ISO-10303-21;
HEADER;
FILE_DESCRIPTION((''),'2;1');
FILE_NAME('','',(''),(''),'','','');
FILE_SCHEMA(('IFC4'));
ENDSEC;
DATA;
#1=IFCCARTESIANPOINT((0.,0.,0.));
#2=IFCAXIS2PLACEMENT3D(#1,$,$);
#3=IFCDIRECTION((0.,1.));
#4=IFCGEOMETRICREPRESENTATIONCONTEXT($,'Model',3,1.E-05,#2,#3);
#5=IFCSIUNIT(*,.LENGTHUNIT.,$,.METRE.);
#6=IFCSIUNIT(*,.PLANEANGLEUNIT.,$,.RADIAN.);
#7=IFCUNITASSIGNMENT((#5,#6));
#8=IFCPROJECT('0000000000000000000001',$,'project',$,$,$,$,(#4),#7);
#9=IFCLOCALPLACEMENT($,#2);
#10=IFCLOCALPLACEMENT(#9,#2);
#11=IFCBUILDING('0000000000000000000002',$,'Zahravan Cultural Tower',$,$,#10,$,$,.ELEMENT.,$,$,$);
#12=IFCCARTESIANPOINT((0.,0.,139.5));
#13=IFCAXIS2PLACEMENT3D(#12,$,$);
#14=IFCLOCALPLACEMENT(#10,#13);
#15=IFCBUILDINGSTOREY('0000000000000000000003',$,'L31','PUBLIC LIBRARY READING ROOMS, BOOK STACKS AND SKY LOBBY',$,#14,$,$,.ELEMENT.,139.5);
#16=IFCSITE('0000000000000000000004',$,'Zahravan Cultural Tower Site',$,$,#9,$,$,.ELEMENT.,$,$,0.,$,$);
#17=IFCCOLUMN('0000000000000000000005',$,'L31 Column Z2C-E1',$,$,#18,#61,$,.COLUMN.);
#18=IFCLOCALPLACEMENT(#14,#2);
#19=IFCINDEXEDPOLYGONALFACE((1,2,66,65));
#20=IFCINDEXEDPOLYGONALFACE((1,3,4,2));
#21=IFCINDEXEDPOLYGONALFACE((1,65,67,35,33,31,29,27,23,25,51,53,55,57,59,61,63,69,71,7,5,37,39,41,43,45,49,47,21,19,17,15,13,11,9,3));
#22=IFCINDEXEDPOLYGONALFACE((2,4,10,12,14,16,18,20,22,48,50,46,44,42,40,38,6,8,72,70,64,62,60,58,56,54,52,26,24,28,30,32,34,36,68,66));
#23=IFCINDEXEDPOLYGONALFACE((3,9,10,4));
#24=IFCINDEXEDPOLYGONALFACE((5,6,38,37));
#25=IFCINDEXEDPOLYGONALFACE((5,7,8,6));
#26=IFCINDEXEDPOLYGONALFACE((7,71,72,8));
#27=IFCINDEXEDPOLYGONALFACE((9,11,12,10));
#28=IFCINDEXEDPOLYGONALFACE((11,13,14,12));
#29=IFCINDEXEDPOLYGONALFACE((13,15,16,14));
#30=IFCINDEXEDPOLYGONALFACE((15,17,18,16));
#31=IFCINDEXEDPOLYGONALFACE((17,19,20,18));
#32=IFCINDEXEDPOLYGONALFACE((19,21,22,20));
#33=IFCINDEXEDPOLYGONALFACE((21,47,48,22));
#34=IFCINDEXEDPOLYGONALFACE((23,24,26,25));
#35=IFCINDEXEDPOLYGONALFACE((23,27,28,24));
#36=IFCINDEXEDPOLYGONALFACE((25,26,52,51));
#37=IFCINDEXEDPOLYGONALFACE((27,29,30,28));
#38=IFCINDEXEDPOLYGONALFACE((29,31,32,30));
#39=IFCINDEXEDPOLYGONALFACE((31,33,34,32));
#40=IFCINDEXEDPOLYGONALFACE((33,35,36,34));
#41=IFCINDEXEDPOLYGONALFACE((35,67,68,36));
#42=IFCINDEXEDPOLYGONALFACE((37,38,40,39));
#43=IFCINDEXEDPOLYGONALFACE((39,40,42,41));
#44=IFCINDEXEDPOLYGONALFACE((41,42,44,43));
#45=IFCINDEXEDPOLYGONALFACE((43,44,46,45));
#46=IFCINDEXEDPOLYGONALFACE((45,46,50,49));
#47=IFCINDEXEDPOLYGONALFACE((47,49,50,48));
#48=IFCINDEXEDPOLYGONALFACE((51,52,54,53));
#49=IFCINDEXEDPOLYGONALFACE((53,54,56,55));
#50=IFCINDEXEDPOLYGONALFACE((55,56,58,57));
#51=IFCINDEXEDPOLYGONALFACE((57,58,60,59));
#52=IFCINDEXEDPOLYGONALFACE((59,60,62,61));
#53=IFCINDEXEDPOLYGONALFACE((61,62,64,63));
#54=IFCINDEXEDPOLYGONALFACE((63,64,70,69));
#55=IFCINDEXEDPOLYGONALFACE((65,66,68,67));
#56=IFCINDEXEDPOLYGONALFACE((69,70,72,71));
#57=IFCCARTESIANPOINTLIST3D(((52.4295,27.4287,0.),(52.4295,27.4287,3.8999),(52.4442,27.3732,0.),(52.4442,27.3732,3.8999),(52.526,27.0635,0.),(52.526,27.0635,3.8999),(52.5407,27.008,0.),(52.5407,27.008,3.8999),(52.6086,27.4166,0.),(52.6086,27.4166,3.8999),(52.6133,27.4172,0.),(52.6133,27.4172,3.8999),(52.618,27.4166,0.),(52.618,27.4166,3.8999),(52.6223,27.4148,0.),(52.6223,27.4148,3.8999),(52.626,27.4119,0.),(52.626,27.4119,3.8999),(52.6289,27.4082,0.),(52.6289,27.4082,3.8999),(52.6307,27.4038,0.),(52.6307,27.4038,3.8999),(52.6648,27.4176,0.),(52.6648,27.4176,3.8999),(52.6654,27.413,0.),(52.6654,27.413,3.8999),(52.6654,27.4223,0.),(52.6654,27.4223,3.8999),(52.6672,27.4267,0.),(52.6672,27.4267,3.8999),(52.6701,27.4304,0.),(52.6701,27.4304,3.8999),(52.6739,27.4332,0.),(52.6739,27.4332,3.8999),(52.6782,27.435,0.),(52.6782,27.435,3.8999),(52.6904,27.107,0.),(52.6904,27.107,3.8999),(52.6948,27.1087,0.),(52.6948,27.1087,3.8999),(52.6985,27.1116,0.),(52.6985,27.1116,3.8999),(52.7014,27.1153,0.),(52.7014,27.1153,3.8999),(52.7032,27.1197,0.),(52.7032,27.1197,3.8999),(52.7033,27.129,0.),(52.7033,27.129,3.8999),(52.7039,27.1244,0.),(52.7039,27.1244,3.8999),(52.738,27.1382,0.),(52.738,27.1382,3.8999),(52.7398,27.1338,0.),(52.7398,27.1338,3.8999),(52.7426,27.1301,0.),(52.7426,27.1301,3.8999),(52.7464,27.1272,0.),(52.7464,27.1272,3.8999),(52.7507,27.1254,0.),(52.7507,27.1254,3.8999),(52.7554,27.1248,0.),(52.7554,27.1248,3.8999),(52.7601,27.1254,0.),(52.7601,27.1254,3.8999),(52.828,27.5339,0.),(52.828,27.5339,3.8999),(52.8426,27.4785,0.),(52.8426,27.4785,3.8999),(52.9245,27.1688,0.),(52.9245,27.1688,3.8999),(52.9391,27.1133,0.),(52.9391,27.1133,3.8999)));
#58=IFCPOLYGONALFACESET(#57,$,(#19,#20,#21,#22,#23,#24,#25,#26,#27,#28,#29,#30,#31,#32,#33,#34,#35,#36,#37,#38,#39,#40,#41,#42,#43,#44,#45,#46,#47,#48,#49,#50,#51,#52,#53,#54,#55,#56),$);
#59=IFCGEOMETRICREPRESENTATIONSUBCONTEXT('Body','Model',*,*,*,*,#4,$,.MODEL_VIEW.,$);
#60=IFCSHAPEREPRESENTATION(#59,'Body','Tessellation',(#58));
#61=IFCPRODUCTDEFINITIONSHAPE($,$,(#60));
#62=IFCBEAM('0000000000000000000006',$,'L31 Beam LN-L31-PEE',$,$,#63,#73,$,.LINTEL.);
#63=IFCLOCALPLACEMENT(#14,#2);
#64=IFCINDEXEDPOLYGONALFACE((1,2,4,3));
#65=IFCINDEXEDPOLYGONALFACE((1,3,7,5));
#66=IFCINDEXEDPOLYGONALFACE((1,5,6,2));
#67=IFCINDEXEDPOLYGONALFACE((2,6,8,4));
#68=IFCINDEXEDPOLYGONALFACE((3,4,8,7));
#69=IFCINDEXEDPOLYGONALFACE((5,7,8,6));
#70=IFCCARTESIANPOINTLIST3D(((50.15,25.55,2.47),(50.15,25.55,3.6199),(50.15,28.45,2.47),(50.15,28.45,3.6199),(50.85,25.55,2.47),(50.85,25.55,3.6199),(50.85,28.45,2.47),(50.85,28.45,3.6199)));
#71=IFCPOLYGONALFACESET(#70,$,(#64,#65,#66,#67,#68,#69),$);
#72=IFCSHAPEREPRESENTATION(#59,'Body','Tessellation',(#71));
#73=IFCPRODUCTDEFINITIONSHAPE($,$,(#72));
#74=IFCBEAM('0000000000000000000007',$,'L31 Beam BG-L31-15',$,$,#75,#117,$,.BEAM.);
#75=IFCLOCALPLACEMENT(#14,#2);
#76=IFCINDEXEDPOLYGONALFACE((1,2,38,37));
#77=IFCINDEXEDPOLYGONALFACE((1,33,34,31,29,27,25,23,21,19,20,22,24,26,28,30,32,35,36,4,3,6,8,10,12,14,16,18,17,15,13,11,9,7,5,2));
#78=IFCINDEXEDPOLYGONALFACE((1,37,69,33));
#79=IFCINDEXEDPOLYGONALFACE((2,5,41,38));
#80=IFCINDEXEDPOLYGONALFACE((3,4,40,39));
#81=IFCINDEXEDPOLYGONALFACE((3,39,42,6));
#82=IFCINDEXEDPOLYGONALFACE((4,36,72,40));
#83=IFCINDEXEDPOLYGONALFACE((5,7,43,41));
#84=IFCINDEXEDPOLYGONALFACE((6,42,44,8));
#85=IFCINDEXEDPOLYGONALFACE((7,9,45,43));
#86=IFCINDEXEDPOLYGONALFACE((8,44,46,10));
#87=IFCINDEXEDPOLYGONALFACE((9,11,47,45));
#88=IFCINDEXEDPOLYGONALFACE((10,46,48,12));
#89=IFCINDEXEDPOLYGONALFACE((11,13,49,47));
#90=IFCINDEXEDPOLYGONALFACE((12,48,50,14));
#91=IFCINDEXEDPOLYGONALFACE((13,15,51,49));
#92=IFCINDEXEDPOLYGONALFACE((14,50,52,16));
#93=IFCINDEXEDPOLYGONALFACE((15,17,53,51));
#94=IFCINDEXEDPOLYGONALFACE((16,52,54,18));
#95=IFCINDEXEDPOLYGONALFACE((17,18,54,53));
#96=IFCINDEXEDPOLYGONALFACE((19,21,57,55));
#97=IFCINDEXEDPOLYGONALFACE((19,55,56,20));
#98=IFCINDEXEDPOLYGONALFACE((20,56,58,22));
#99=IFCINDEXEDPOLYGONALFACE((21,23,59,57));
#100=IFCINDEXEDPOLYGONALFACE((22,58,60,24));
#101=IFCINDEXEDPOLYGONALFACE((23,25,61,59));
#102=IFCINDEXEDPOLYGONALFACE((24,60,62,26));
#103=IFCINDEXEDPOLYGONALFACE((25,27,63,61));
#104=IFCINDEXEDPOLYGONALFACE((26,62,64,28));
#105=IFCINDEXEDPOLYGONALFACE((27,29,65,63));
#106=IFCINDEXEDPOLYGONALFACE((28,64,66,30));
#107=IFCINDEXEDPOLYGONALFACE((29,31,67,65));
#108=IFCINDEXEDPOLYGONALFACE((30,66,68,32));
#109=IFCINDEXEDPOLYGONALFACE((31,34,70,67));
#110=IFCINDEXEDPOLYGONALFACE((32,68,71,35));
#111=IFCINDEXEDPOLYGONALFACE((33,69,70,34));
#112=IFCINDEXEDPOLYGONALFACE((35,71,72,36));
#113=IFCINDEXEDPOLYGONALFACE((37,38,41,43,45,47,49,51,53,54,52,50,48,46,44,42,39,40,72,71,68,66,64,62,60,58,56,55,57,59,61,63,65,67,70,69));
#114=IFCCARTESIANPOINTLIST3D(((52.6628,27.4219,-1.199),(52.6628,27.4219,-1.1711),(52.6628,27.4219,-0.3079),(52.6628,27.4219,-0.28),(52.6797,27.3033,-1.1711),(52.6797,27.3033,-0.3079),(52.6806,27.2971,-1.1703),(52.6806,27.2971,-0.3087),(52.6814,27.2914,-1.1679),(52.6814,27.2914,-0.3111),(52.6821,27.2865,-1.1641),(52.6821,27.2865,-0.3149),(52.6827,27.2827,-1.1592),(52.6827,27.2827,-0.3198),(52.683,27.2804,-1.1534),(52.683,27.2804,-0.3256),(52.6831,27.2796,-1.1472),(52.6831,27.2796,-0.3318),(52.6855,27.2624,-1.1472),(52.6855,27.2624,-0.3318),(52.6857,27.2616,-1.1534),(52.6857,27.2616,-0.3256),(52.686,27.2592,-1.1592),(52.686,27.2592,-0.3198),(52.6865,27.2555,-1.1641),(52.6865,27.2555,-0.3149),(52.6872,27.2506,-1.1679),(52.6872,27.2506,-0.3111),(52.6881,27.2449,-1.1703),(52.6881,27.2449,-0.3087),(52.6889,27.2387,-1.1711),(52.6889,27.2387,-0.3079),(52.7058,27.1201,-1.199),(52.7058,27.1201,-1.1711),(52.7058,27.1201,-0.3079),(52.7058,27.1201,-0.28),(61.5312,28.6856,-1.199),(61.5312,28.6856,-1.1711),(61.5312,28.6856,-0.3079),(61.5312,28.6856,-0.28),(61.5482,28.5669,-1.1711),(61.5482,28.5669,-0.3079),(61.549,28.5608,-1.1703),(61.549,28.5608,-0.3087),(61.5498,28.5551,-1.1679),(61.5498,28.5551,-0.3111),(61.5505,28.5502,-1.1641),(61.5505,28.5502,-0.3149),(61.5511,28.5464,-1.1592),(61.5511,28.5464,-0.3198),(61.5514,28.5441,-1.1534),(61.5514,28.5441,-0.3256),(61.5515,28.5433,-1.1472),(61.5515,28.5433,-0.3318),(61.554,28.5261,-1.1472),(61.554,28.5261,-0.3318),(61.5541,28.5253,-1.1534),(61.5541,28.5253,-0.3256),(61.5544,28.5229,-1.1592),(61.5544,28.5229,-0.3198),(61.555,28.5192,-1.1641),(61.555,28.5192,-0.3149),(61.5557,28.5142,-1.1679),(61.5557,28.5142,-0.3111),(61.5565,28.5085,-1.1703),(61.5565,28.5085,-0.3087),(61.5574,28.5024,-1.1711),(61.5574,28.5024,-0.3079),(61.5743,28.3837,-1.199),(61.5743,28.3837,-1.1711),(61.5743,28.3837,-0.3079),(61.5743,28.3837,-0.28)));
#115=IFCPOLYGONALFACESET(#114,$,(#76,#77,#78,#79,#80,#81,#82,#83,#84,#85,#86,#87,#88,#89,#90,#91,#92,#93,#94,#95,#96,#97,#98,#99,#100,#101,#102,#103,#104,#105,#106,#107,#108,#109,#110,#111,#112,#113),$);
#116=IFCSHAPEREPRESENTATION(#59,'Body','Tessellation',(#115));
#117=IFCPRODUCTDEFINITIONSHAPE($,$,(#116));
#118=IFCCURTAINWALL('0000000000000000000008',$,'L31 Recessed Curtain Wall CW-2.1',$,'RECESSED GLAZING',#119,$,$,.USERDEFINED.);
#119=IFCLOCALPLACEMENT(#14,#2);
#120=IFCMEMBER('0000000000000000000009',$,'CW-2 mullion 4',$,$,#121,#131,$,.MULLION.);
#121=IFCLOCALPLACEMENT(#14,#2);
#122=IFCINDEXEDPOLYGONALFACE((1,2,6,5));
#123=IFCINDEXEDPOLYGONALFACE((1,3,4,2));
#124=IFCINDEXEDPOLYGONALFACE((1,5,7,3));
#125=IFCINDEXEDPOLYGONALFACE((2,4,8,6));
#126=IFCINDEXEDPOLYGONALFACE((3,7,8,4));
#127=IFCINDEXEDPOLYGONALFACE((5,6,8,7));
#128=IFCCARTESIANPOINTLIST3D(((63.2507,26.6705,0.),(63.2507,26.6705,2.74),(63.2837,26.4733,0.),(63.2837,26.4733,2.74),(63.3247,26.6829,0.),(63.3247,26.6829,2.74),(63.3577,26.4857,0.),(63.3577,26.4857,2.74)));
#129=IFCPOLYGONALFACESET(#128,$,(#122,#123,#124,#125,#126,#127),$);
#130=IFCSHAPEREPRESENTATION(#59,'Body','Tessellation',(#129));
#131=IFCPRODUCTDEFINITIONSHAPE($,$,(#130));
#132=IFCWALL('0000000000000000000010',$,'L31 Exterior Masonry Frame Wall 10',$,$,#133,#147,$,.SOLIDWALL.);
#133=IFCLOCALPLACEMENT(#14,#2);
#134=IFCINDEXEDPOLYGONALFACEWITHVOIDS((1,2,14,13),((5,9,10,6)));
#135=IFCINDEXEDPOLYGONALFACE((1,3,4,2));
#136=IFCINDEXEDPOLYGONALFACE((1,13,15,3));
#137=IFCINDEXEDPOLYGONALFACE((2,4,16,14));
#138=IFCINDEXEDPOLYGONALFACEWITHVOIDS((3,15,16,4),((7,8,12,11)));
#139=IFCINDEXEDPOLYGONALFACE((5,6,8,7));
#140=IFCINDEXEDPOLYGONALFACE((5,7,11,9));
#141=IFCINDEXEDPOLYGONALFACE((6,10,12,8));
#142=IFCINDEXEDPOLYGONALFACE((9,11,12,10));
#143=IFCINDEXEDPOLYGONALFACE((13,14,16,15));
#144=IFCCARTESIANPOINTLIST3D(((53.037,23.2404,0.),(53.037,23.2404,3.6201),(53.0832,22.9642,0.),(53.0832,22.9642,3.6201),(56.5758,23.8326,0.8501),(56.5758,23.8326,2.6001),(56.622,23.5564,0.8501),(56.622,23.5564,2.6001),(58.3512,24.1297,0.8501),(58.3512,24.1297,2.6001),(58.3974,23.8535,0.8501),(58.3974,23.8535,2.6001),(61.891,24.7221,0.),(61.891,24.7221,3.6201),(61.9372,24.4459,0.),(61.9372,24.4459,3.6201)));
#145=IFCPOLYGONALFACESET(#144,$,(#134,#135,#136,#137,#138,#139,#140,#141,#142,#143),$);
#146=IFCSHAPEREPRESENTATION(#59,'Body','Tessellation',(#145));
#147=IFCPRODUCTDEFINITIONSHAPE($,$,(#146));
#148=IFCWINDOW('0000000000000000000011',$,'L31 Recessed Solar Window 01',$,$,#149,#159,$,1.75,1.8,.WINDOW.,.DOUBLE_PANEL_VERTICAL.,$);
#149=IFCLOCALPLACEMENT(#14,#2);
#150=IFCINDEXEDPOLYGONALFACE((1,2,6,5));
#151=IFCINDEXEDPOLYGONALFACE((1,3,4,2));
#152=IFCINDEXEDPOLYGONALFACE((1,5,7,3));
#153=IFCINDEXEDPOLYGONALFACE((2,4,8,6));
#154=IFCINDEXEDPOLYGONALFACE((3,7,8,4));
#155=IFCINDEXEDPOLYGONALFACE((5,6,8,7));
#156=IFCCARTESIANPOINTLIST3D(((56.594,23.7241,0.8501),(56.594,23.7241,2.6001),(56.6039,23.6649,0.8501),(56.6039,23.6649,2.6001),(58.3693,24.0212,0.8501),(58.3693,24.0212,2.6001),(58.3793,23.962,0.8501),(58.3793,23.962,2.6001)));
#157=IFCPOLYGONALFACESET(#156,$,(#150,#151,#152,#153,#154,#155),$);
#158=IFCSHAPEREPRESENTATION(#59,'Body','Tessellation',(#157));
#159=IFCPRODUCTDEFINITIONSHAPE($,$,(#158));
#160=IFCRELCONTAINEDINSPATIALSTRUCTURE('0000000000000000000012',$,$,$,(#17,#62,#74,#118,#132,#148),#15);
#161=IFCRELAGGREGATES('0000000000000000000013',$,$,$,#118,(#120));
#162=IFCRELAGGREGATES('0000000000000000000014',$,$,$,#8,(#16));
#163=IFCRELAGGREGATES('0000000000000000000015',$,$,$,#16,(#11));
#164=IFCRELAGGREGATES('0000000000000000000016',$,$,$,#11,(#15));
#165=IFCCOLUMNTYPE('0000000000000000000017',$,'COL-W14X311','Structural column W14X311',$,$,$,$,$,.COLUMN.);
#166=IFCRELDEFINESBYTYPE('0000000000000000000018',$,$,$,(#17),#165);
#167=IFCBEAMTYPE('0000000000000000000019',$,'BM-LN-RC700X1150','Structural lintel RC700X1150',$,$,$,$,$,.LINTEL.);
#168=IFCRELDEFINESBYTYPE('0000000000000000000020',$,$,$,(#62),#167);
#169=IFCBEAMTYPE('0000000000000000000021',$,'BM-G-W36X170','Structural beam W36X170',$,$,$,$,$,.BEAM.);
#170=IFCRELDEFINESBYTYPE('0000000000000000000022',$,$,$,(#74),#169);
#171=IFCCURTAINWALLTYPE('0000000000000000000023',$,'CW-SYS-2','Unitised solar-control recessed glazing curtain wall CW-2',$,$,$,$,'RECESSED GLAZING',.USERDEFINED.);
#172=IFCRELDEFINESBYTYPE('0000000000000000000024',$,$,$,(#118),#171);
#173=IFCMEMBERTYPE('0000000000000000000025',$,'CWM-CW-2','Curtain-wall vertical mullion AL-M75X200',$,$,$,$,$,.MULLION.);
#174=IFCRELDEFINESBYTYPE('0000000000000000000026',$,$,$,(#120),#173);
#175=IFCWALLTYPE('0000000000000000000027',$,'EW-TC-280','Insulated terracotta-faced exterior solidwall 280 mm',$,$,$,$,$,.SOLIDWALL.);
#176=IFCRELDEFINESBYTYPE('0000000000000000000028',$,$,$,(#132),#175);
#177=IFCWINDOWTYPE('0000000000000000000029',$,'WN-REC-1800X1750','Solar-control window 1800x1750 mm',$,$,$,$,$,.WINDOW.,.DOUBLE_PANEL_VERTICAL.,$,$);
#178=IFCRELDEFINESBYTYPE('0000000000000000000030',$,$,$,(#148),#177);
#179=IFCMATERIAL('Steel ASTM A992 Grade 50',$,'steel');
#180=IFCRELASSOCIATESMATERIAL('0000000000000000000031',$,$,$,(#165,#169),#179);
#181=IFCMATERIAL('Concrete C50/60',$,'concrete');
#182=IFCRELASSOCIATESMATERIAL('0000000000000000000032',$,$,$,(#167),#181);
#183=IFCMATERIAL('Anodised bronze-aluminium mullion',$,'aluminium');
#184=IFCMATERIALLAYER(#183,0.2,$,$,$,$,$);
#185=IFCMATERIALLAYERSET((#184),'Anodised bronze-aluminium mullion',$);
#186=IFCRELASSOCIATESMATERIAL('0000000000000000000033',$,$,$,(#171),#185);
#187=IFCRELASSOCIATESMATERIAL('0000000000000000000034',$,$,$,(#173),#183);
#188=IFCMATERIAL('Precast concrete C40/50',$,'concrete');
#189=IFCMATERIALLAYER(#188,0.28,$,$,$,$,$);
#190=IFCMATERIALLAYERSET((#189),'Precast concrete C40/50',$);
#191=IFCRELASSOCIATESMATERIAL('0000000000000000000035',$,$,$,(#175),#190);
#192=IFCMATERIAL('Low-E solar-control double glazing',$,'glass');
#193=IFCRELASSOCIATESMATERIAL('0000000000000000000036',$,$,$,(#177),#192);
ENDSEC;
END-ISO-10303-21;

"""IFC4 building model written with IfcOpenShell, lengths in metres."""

from ifc_helpers import new_model, si_unit, direction, frame, frame_2d, origin, origin_2d, place, context, subcontext, project, spatial, rectangle, i_section, extrude, source, transform, mapped, material, layer, layer_set, material_profile, profile_set, type_object, element, fill, aggregate, save


model = new_model("IFC4")

# Units and contexts
model_context = context("Model", 3, precision=1e-05, world=origin(), true_north=direction((0.0, 1.0)))
body_context = subcontext(model_context, "Body", "Model", "MODEL_VIEW")
ifc_project = project(units=[si_unit("LENGTHUNIT", "METRE"), si_unit("PLANEANGLEUNIT", "RADIAN")], contexts=[model_context])

# Site, building, storey
site_placement = place(None, origin())
site = spatial("IfcSite", under=ifc_project, at=site_placement, Name="Zahravan Cultural Tower Site", CompositionType="ELEMENT", RefElevation=0.0)
building_placement = place(site_placement, origin())
building = spatial("IfcBuilding", under=site, at=building_placement, Name="Zahravan Cultural Tower", CompositionType="ELEMENT")
storey_placement = place(building_placement, frame((0.0, 0.0, 139.5)))
storey = spatial("IfcBuildingStorey", under=building, at=storey_placement, Name="L31", Description="PUBLIC LIBRARY READING ROOMS, BOOK STACKS AND SKY LOBBY", CompositionType="ELEMENT", Elevation=139.5)

# Column
ifc_material_1 = material(Name="Steel ASTM A992 Grade 50", Category="steel")
ifc_material_profile_1 = material_profile(ifc_material_1, i_section(OverallWidth=0.4121, OverallDepth=0.4351, WebThickness=0.0359, FlangeThickness=0.0574, FilletRadius=0.0181, at=origin_2d()), Name="W14X311")
ifc_profile_set_1 = profile_set([ifc_material_profile_1], Name="Steel ASTM A992 Grade 50")
column_type = type_object("IfcColumnType", Name="COL-W14X311", Description="Structural column W14X311", PredefinedType="COLUMN", material=ifc_profile_set_1)
shared_shape_1 = source(origin(), body_context, "Body", "SweptSolid", [
    extrude(i_section(OverallWidth=0.4121, OverallDepth=0.4351, WebThickness=0.0359, FlangeThickness=0.0574, FilletRadius=0.0181, at=origin_2d()), origin(), (0.0, 0.0, 1.0), 3.8999),
])
column_placement = place(storey_placement, frame((52.6843, 27.271, 0.0), z_axis=(0.0, 0.0, 1.0), x_axis=(0.966823, 0.255446, 0.0)))
element("IfcColumn", 1, at=column_placement, inside=storey, type_object=column_type, Name="L31 Column Z2C-E1", PredefinedType="COLUMN", context=body_context, shape_type="MappedRepresentation", body=[
    mapped(shared_shape_1, transform((0.0, 0.0, 0.0), x_axis=(1.0, 0.0, 0.0), y_axis=(0.0, 1.0, 0.0), z_axis=(0.0, 0.0, 1.0), scale=1.0)),
])

# Beams
ifc_material_2 = material(Name="Concrete C50/60", Category="concrete")
ifc_material_profile_2 = material_profile(ifc_material_2, rectangle(XDim=0.7, YDim=1.1499, at=origin_2d()), Name="RC700X1150")
ifc_profile_set_2 = profile_set([ifc_material_profile_2], Name="Concrete C50/60")
beam_type_1 = type_object("IfcBeamType", Name="BM-LN-RC700X1150", Description="Structural lintel RC700X1150", PredefinedType="LINTEL", material=ifc_profile_set_2)
shared_shape_2 = source(origin(), body_context, "Body", "SweptSolid", [
    extrude(rectangle(XDim=0.7, YDim=1.1499, at=origin_2d()), origin(), (0.0, 0.0, 1.0), 2.8999),
])
beam_1_placement = place(storey_placement, frame((50.5, 25.55, 3.0449), z_axis=(0.0, 1.0, 0.0), x_axis=(-1.0, 0.0, 0.0)))
element("IfcBeam", 2, at=beam_1_placement, inside=storey, type_object=beam_type_1, Name="L31 Beam LN-L31-PEE", PredefinedType="LINTEL", context=body_context, shape_type="MappedRepresentation", body=[
    mapped(shared_shape_2, transform((0.0, 0.0, 0.0), x_axis=(1.0, 0.0, 0.0), y_axis=(0.0, 1.0, 0.0), z_axis=(0.0, 0.0, 1.0), scale=1.0)),
])
ifc_material_profile_3 = material_profile(ifc_material_1, i_section(OverallWidth=0.3049, OverallDepth=0.9189, WebThickness=0.0173, FlangeThickness=0.0278, FilletRadius=0.0239, at=origin_2d()), Name="W36X170")
ifc_profile_set_3 = profile_set([ifc_material_profile_3], Name="Steel ASTM A992 Grade 50")
beam_type_2 = type_object("IfcBeamType", Name="BM-G-W36X170", Description="Structural beam W36X170", PredefinedType="BEAM", material=ifc_profile_set_3)
shared_shape_3 = source(origin(), body_context, "Body", "SweptSolid", [
    extrude(i_section(OverallWidth=0.3049, OverallDepth=0.9189, WebThickness=0.0173, FlangeThickness=0.0278, FilletRadius=0.0239, at=origin_2d()), origin(), (0.0, 0.0, 1.0), 8.958),
])
beam_2_placement = place(storey_placement, frame((52.6843, 27.271, -0.7395), z_axis=(0.99, 0.141067, 0.0), x_axis=(-0.141067, 0.99, 0.0)))
element("IfcBeam", 3, at=beam_2_placement, inside=storey, type_object=beam_type_2, Name="L31 Beam BG-L31-15", PredefinedType="BEAM", context=body_context, shape_type="MappedRepresentation", body=[
    mapped(shared_shape_3, transform((0.0, 0.0, 0.0), x_axis=(1.0, 0.0, 0.0), y_axis=(0.0, 1.0, 0.0), z_axis=(0.0, 0.0, 1.0), scale=1.0)),
])

# Curtain wall, member
ifc_material_3 = material(Name="Anodised bronze-aluminium mullion", Category="aluminium")
ifc_layer_1 = layer(ifc_material_3, 0.2)
ifc_layer_set_1 = layer_set([ifc_layer_1], Name="Anodised bronze-aluminium mullion")
curtain_wall_type = type_object("IfcCurtainWallType", Name="CW-SYS-2", Description="Unitised solar-control recessed glazing curtain wall CW-2", ElementType="RECESSED GLAZING", PredefinedType="USERDEFINED", material=ifc_layer_set_1)
curtain_wall_placement = place(storey_placement, origin())
curtain_wall = element("IfcCurtainWall", 4, at=curtain_wall_placement, inside=storey, type_object=curtain_wall_type, Name="L31 Recessed Curtain Wall CW-2.1", ObjectType="RECESSED GLAZING", PredefinedType="USERDEFINED")
ifc_material_profile_4 = material_profile(ifc_material_3, rectangle(XDim=0.075, YDim=0.2, at=origin_2d()), Name="AL-M75X200")
ifc_profile_set_4 = profile_set([ifc_material_profile_4], Name="Anodised bronze-aluminium mullion")
member_type = type_object("IfcMemberType", Name="CWM-CW-2", Description="Curtain-wall vertical mullion AL-M75X200", PredefinedType="MULLION", material=ifc_profile_set_4)
shared_shape_4 = source(origin(), body_context, "Body", "SweptSolid", [
    extrude(rectangle(XDim=0.075, YDim=0.2, at=origin_2d()), origin(), (0.0, 0.0, 1.0), 2.74),
])
member_placement = place(storey_placement, frame((63.3042, 26.5781, 0.0), z_axis=(0.0, 0.0, 1.0), x_axis=(0.986285, 0.165051, 0.0)))
member = element("IfcMember", 5, at=member_placement, type_object=member_type, Name="CW-2 mullion 4", PredefinedType="MULLION", context=body_context, shape_type="MappedRepresentation", body=[
    mapped(shared_shape_4, transform((0.0, 0.0, 0.0), x_axis=(1.0, 0.0, 0.0), y_axis=(0.0, 1.0, 0.0), z_axis=(0.0, 0.0, 1.0), scale=1.0)),
])
aggregate(curtain_wall, [member])

# Wall, opening, window
ifc_material_4 = material(Name="Precast concrete C40/50", Category="concrete")
ifc_layer_2 = layer(ifc_material_4, 0.28)
ifc_layer_set_2 = layer_set([ifc_layer_2], Name="Precast concrete C40/50")
wall_type_1 = type_object("IfcWallType", Name="EW-TC-280", Description="Insulated terracotta-faced exterior solidwall 280 mm", PredefinedType="SOLIDWALL", material=ifc_layer_set_2)
wall_1_placement = place(storey_placement, frame((61.9141, 24.584, 0.0), z_axis=(0.0, 0.0, 1.0), x_axis=(-0.986285, -0.165052, 0.0)))
wall_1 = element("IfcWall", 6, at=wall_1_placement, inside=storey, type_object=wall_type_1, Name="L31 Exterior Masonry Frame Wall 10", PredefinedType="SOLIDWALL", context=body_context, shape_type="SweptSolid", body=[
    extrude(rectangle(XDim=8.9771, YDim=0.28, at=frame_2d((4.4885, 0.0))), origin(), (0.0, 0.0, 1.0), 3.6201),
])
opening_1_placement = place(wall_1_placement, frame((3.5891, 0.0, 0.8501)))
opening_1 = element("IfcOpeningElement", 7, at=opening_1_placement, cuts=wall_1, PredefinedType="OPENING", context=body_context, shape_type="SweptSolid", body=[
    extrude(rectangle(XDim=1.8, YDim=1.75, at=frame_2d((0.8999, 0.875))), frame((0.0, 0.1499, 0.0), z_axis=(0.0, -1.0, 0.0), x_axis=(1.0, 0.0, 0.0)), (0.0, 0.0, 1.0), 0.3),
])
ifc_material_5 = material(Name="Low-E solar-control double glazing", Category="glass")
window_type = type_object("IfcWindowType", Name="WN-REC-1800X1750", Description="Solar-control window 1800x1750 mm", PartitioningType="DOUBLE_PANEL_VERTICAL", PredefinedType="WINDOW", material=ifc_material_5)
shared_shape_5 = source(origin(), body_context, "Body", "SweptSolid", [
    extrude(rectangle(XDim=1.8, YDim=1.75, at=frame_2d((0.8999, 0.875))), frame((0.0, 0.03, 0.0), z_axis=(0.0, -1.0, 0.0), x_axis=(1.0, 0.0, 0.0)), (0.0, 0.0, 1.0), 0.0601),
])
window_1_placement = place(opening_1_placement, origin())
window_1 = element("IfcWindow", 8, at=window_1_placement, inside=storey, type_object=window_type, Name="L31 Recessed Solar Window 01", OverallHeight=1.75, OverallWidth=1.8, PartitioningType="DOUBLE_PANEL_VERTICAL", PredefinedType="WINDOW", context=body_context, shape_type="MappedRepresentation", body=[
    mapped(shared_shape_5, transform((0.0, 0.0, 0.0), x_axis=(1.0, 0.0, 0.0), y_axis=(0.0, 1.0, 0.0), z_axis=(0.0, 0.0, 1.0), scale=1.0)),
])
fill(opening_1, window_1)

save(model, "model.ifc")
